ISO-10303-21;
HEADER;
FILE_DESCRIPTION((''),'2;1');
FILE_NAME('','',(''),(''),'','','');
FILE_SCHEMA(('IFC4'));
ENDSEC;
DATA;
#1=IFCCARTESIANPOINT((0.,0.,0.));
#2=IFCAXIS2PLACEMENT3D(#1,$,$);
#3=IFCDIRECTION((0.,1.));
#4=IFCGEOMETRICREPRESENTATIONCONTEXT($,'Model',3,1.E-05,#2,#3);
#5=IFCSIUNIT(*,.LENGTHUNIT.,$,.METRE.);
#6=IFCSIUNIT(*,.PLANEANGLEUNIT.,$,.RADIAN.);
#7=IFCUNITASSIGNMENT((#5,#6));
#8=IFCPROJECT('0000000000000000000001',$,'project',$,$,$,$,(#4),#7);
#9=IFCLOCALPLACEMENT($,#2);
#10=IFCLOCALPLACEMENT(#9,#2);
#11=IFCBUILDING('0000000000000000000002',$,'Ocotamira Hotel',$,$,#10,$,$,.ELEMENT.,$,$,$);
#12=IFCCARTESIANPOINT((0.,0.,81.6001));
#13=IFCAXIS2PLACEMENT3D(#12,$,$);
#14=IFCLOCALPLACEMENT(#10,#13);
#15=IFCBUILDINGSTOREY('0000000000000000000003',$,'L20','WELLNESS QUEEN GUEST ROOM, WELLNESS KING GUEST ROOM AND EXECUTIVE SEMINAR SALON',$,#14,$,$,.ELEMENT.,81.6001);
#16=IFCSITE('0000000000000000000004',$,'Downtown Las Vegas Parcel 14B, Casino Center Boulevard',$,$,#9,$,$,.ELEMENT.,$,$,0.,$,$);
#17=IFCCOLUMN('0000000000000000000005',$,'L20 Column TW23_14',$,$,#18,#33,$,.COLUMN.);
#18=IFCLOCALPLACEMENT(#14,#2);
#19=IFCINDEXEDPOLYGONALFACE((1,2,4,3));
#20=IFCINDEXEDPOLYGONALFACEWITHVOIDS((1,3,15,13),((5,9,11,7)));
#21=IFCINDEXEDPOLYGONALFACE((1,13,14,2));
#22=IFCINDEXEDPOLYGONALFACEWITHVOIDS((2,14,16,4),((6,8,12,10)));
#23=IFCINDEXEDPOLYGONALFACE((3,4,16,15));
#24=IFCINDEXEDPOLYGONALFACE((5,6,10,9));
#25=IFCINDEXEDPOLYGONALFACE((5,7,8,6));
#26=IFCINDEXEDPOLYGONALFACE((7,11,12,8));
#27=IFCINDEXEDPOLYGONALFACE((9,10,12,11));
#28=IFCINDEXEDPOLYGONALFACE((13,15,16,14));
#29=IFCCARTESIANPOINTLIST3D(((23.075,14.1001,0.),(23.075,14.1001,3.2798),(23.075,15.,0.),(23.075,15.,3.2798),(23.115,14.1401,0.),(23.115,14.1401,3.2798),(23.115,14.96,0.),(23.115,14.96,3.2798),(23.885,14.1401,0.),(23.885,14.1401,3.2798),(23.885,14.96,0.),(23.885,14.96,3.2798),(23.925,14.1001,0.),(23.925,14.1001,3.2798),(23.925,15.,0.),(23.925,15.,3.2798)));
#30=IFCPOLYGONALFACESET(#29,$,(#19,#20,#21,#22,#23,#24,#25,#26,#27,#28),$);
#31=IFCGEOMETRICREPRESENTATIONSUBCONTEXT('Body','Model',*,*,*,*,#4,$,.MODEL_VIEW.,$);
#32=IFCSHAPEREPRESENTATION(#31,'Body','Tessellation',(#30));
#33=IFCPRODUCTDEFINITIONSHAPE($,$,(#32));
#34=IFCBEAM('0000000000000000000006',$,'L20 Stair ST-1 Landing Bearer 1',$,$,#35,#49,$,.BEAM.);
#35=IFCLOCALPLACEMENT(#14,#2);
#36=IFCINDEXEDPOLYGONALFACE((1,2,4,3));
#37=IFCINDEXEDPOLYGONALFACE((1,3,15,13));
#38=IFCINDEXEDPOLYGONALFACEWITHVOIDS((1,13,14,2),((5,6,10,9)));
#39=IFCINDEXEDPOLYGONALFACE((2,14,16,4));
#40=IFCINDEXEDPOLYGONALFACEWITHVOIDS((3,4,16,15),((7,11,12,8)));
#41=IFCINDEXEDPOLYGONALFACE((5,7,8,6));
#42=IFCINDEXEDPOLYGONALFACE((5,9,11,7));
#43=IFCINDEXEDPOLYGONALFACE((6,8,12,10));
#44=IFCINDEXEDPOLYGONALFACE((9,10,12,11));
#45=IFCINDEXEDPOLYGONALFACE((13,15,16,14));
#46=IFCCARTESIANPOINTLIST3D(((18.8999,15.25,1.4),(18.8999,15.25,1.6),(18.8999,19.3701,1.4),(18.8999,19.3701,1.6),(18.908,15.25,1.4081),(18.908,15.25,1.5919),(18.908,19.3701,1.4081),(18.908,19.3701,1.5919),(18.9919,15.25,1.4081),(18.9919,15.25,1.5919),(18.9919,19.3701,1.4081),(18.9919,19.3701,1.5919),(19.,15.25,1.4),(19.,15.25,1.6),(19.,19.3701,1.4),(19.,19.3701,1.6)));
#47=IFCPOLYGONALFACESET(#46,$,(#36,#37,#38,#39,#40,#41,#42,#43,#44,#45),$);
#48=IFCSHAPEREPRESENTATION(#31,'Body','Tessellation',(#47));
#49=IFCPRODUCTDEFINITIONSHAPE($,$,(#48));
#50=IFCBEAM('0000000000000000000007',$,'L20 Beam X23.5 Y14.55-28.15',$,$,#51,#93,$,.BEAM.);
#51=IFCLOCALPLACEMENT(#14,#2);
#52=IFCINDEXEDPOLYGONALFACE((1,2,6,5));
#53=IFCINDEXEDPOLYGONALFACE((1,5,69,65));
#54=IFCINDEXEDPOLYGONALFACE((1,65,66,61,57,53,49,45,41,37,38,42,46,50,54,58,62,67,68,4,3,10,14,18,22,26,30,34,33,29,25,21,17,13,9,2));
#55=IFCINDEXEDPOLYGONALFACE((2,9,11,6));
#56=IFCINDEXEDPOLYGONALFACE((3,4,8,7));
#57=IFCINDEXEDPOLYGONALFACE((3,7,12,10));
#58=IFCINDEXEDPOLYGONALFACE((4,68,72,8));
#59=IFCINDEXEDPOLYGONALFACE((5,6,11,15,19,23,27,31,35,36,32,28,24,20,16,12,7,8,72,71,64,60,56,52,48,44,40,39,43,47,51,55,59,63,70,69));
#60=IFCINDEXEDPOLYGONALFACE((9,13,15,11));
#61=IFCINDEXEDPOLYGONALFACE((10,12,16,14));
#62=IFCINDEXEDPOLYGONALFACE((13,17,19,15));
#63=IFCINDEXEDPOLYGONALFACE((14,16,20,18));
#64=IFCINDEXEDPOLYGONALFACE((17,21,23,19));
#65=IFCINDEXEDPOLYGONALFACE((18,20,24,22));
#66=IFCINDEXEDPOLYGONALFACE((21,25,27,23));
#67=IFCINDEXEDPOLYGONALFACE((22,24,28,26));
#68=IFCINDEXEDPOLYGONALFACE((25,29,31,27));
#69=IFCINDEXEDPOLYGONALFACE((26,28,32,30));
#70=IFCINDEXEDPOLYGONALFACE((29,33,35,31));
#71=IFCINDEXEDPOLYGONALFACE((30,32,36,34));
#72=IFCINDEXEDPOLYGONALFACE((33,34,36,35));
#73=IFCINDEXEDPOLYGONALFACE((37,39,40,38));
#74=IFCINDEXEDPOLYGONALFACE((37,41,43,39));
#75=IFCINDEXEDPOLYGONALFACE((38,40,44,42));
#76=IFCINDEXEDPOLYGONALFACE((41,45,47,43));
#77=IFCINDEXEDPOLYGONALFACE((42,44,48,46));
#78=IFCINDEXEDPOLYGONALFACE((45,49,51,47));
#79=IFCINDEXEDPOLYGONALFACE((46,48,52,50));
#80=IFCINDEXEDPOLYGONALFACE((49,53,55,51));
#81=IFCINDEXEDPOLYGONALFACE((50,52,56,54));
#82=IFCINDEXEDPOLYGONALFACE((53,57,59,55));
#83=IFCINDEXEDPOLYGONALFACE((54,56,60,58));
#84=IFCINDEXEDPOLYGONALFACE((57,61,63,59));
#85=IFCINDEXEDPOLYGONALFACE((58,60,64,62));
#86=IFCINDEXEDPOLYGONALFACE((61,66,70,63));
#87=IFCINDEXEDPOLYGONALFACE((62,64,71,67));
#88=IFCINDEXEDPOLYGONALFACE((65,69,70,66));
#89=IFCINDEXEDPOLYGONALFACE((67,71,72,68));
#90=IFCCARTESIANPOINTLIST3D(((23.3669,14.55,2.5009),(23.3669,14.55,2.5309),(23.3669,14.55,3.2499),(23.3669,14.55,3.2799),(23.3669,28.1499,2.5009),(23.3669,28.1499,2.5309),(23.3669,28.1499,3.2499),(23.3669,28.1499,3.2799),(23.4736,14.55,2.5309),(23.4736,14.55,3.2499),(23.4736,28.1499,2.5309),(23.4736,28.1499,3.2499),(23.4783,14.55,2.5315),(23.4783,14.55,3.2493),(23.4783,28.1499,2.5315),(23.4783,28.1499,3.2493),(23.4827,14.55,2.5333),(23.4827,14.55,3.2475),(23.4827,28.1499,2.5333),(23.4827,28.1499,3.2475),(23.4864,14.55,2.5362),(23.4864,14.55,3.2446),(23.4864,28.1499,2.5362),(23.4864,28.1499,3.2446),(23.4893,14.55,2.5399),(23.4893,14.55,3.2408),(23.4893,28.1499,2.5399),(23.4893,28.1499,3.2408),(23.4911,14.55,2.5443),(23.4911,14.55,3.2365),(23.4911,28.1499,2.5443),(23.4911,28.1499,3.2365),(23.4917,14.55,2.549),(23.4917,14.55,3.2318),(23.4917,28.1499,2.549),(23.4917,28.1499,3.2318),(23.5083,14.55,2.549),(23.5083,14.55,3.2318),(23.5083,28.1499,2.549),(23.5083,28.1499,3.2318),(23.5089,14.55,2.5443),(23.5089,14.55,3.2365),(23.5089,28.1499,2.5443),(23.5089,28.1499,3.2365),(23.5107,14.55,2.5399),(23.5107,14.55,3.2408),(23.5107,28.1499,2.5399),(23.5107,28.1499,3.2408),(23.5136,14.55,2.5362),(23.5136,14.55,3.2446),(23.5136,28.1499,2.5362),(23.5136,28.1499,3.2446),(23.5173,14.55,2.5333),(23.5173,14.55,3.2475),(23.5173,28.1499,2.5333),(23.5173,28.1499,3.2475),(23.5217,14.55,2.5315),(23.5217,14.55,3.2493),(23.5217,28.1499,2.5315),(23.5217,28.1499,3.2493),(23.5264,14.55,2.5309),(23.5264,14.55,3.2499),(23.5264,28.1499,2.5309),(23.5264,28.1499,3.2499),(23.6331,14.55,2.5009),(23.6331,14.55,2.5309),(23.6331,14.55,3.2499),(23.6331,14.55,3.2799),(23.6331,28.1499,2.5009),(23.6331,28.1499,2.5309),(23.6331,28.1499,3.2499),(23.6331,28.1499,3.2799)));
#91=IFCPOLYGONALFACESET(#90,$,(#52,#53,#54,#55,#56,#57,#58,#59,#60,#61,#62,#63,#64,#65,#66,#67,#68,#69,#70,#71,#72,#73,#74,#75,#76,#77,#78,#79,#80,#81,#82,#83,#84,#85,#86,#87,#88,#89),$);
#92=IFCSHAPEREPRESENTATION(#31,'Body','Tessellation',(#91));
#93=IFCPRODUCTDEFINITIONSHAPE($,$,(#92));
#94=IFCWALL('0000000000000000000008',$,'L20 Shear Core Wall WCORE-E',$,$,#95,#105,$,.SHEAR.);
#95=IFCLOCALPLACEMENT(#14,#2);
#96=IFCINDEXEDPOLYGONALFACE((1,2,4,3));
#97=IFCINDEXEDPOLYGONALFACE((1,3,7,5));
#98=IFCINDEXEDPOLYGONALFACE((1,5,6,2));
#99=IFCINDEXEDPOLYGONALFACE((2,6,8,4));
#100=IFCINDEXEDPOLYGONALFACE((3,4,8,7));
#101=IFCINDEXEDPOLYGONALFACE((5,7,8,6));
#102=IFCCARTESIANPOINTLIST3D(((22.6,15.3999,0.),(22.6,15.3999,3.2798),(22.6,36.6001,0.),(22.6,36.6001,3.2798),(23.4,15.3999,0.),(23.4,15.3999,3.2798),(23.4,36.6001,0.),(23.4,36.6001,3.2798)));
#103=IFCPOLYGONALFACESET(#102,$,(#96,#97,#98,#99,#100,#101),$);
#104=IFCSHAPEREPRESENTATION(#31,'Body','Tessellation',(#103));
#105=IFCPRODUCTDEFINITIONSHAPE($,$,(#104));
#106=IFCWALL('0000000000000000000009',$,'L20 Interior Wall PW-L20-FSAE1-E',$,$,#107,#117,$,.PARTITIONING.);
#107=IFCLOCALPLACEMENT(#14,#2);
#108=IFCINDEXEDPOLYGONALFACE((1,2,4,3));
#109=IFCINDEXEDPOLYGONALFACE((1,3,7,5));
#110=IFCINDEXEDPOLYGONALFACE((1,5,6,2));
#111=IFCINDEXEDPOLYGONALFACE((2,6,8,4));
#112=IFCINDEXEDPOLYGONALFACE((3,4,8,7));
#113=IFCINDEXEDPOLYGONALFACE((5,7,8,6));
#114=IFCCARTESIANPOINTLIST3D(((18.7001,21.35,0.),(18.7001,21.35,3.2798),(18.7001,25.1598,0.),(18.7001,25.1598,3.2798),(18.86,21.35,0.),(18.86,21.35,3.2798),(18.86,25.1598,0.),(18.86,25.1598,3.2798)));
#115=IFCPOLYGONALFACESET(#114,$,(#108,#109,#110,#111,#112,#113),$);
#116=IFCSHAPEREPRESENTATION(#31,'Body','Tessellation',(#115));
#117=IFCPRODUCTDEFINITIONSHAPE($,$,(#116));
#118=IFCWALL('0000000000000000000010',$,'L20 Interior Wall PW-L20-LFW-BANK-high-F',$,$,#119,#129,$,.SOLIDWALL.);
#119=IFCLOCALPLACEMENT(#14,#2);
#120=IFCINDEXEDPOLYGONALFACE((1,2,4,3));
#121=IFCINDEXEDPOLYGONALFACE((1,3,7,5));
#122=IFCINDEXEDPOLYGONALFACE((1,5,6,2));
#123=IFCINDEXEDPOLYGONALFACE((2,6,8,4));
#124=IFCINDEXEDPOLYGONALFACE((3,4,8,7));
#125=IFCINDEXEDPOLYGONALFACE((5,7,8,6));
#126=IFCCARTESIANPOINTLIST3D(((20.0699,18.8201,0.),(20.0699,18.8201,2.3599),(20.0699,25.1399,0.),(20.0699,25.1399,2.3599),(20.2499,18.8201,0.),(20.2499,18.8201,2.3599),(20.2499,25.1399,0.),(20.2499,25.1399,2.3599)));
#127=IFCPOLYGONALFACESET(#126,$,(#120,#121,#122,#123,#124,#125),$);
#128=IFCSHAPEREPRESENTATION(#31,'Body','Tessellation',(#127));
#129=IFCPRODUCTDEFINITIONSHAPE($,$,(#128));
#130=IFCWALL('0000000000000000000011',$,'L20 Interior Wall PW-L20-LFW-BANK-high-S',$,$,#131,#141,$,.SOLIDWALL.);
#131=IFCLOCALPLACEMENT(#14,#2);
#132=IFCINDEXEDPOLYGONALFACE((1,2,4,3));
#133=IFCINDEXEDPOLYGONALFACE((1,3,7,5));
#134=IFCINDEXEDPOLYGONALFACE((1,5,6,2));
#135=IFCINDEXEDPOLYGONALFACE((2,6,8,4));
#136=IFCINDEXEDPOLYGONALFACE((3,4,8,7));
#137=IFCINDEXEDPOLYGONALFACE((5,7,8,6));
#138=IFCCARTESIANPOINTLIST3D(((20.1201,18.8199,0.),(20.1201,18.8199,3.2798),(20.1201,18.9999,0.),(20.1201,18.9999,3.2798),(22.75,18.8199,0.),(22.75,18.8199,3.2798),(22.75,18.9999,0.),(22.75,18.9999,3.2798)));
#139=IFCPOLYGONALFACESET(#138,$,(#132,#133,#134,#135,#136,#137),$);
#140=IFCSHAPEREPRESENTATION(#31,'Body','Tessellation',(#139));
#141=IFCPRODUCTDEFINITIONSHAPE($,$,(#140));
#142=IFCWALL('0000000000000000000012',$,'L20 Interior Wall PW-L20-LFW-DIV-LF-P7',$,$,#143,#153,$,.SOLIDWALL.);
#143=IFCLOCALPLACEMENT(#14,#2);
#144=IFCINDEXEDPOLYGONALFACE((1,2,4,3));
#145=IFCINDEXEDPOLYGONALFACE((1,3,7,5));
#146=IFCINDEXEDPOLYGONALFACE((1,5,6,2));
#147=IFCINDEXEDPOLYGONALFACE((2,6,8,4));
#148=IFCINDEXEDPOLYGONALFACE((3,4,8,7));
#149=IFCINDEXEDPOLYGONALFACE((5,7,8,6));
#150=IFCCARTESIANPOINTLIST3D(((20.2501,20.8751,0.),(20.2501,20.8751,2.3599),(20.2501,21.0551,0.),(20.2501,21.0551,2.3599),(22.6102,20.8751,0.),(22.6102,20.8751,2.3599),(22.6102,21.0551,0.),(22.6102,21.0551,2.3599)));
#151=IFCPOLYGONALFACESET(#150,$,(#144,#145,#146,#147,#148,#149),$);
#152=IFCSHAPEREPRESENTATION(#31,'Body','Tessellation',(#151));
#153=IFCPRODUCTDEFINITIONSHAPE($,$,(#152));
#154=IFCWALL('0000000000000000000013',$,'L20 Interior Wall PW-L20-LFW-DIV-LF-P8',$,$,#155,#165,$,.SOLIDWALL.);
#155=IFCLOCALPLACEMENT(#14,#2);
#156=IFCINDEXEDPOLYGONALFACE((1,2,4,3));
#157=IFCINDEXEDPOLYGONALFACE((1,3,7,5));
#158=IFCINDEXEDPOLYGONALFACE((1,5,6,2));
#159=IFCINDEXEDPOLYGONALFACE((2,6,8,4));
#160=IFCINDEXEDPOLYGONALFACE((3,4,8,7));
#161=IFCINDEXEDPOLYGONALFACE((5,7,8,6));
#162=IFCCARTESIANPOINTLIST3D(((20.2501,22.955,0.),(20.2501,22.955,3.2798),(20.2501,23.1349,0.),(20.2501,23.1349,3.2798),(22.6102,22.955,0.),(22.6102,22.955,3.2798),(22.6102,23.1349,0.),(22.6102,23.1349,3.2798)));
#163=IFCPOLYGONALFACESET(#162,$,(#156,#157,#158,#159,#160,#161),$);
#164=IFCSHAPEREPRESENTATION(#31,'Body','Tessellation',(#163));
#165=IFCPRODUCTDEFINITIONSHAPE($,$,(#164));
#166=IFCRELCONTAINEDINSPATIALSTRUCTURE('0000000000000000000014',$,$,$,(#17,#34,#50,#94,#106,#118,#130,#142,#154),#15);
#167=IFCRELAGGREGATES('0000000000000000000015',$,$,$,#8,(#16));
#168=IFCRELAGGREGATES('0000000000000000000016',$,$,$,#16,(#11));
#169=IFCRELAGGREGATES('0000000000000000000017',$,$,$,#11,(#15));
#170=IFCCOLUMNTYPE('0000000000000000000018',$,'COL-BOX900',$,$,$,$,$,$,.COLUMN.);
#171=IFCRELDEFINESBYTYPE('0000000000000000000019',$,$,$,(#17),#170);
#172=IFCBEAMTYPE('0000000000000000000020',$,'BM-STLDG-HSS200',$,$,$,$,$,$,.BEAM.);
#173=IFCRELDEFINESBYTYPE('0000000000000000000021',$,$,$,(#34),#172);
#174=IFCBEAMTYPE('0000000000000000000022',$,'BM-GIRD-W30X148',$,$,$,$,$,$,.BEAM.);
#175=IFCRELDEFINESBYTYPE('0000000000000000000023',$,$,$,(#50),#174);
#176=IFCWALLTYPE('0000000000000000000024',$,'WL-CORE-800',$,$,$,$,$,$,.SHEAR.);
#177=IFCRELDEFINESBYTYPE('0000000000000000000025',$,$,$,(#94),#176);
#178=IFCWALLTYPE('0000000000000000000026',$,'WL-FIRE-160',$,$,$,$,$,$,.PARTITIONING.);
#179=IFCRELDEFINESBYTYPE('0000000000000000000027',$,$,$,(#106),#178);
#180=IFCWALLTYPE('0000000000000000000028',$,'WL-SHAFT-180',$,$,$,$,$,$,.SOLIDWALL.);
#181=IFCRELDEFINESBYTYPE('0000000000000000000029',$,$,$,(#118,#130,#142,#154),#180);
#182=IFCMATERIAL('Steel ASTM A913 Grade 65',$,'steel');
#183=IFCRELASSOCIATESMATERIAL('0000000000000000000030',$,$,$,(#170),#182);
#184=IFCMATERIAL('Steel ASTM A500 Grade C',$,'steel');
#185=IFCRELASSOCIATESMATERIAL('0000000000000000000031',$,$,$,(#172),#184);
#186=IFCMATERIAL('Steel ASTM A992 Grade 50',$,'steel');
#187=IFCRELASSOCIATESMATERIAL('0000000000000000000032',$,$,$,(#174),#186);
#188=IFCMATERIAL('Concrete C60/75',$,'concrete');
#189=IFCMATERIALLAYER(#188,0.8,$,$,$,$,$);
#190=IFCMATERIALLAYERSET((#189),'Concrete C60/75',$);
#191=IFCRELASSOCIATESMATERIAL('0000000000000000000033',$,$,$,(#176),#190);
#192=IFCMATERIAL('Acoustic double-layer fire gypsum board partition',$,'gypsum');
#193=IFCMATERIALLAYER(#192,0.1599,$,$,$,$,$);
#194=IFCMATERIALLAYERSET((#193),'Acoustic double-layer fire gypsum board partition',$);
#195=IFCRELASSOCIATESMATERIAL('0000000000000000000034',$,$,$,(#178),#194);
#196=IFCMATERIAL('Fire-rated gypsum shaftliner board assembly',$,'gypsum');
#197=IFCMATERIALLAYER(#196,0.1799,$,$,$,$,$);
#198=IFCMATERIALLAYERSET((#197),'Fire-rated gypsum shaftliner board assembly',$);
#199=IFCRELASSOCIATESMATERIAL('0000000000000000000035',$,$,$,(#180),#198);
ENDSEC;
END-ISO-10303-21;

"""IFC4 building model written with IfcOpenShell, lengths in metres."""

from ifc_helpers import new_model, si_unit, direction, frame, frame_2d, origin, origin_2d, place, context, subcontext, project, spatial, rectangle, hollow_rectangle, i_section, extrude, source, transform, mapped, material, layer, layer_set, material_profile, profile_set, type_object, element, save


model = new_model("IFC4")

# Units and contexts
model_context = context("Model", 3, precision=1e-05, world=origin(), true_north=direction((0.0, 1.0)))
body_context = subcontext(model_context, "Body", "Model", "MODEL_VIEW")
ifc_project = project(units=[si_unit("LENGTHUNIT", "METRE"), si_unit("PLANEANGLEUNIT", "RADIAN")], contexts=[model_context])

# Site, building, storey
site_placement = place(None, origin())
site = spatial("IfcSite", under=ifc_project, at=site_placement, Name="Downtown Las Vegas Parcel 14B, Casino Center Boulevard", CompositionType="ELEMENT", RefElevation=0.0)
building_placement = place(site_placement, origin())
building = spatial("IfcBuilding", under=site, at=building_placement, Name="Ocotamira Hotel", CompositionType="ELEMENT")
storey_placement = place(building_placement, frame((0.0, 0.0, 81.6001)))
storey = spatial("IfcBuildingStorey", under=building, at=storey_placement, Name="L20", Description="WELLNESS QUEEN GUEST ROOM, WELLNESS KING GUEST ROOM AND EXECUTIVE SEMINAR SALON", CompositionType="ELEMENT", Elevation=81.6001)

# Column
ifc_material_1 = material(Name="Steel ASTM A913 Grade 65", Category="steel")
ifc_material_profile_1 = material_profile(ifc_material_1, hollow_rectangle(XDim=0.8501, YDim=0.8999, WallThickness=0.04, at=origin_2d()), Name="BOX900X850X40")
ifc_profile_set_1 = profile_set([ifc_material_profile_1], Name="Steel ASTM A913 Grade 65")
column_type = type_object("IfcColumnType", Name="COL-BOX900", PredefinedType="COLUMN", material=ifc_profile_set_1)
shared_shape_1 = source(origin(), body_context, "Body", "SweptSolid", [
    extrude(hollow_rectangle(XDim=0.8501, YDim=0.8999, WallThickness=0.04, at=origin_2d()), origin(), (0.0, 0.0, 1.0), 3.2798),
])
column_placement = place(storey_placement, frame((23.5, 14.55, 0.0), z_axis=(0.0, 0.0, 1.0), x_axis=(1.0, 0.0, 0.0)))
element("IfcColumn", 1, at=column_placement, inside=storey, type_object=column_type, Name="L20 Column TW23_14", PredefinedType="COLUMN", context=body_context, shape_type="MappedRepresentation", body=[
    mapped(shared_shape_1, transform((0.0, 0.0, 0.0), scale=1.0)),
])

# Beams
ifc_material_2 = material(Name="Steel ASTM A500 Grade C", Category="steel")
ifc_material_profile_2 = material_profile(ifc_material_2, hollow_rectangle(XDim=0.1001, YDim=0.2, WallThickness=0.0081, at=origin_2d()), Name="HSS200X100X8")
ifc_profile_set_2 = profile_set([ifc_material_profile_2], Name="Steel ASTM A500 Grade C")
beam_type_1 = type_object("IfcBeamType", Name="BM-STLDG-HSS200", PredefinedType="BEAM", material=ifc_profile_set_2)
shared_shape_2 = source(origin(), body_context, "Body", "SweptSolid", [
    extrude(hollow_rectangle(XDim=0.1001, YDim=0.2, WallThickness=0.0081, at=origin_2d()), origin(), (0.0, 0.0, 1.0), 4.1201),
])
beam_1_placement = place(storey_placement, frame((18.95, 15.25, 1.5), z_axis=(0.0, 1.0, 0.0), x_axis=(-1.0, 0.0, 0.0)))
element("IfcBeam", 2, at=beam_1_placement, inside=storey, type_object=beam_type_1, Name="L20 Stair ST-1 Landing Bearer 1", PredefinedType="BEAM", context=body_context, shape_type="MappedRepresentation", body=[
    mapped(shared_shape_2, transform((0.0, 0.0, 0.0), scale=1.0)),
])
ifc_material_3 = material(Name="Steel ASTM A992 Grade 50", Category="steel")
ifc_material_profile_3 = material_profile(ifc_material_3, i_section(OverallWidth=0.2661, OverallDepth=0.7791, WebThickness=0.0166, FlangeThickness=0.03, FilletRadius=0.0181, at=origin_2d()), Name="W30X148")
ifc_profile_set_3 = profile_set([ifc_material_profile_3], Name="Steel ASTM A992 Grade 50")
beam_type_2 = type_object("IfcBeamType", Name="BM-GIRD-W30X148", PredefinedType="BEAM", material=ifc_profile_set_3)
shared_shape_3 = source(origin(), body_context, "Body", "SweptSolid", [
    extrude(i_section(OverallWidth=0.2661, OverallDepth=0.7791, WebThickness=0.0166, FlangeThickness=0.03, FilletRadius=0.0181, at=origin_2d()), origin(), (0.0, 0.0, 1.0), 13.5999),
])
beam_2_placement = place(storey_placement, frame((23.5, 14.55, 2.8904), z_axis=(0.0, 1.0, 0.0), x_axis=(-1.0, 0.0, 0.0)))
element("IfcBeam", 3, at=beam_2_placement, inside=storey, type_object=beam_type_2, Name="L20 Beam X23.5 Y14.55-28.15", PredefinedType="BEAM", context=body_context, shape_type="MappedRepresentation", body=[
    mapped(shared_shape_3, transform((0.0, 0.0, 0.0), scale=1.0)),
])

# Wall
ifc_material_4 = material(Name="Concrete C60/75", Category="concrete")
ifc_layer_1 = layer(ifc_material_4, 0.8)
ifc_layer_set_1 = layer_set([ifc_layer_1], Name="Concrete C60/75")
wall_type_1 = type_object("IfcWallType", Name="WL-CORE-800", PredefinedType="SHEAR", material=ifc_layer_set_1)
wall_1_placement = place(storey_placement, frame((23.0, 15.3999, 0.0), z_axis=(0.0, 0.0, 1.0), x_axis=(0.0, 1.0, 0.0)))
element("IfcWall", 4, at=wall_1_placement, inside=storey, type_object=wall_type_1, Name="L20 Shear Core Wall WCORE-E", PredefinedType="SHEAR", context=body_context, shape_type="SweptSolid", body=[
    extrude(rectangle(XDim=21.2002, YDim=0.8, at=frame_2d((10.6001, 0.0))), origin(), (0.0, 0.0, 1.0), 3.2798),
])

# Shared definitions
ifc_material_5 = material(Name="Acoustic double-layer fire gypsum board partition", Category="gypsum")
ifc_layer_2 = layer(ifc_material_5, 0.1599)
ifc_layer_set_2 = layer_set([ifc_layer_2], Name="Acoustic double-layer fire gypsum board partition")
wall_type_2 = type_object("IfcWallType", Name="WL-FIRE-160", PredefinedType="PARTITIONING", material=ifc_layer_set_2)

# Walls
wall_2_placement = place(storey_placement, frame((18.78, 21.3501, 0.0), z_axis=(0.0, 0.0, 1.0), x_axis=(0.0, 1.0, 0.0)))
element("IfcWall", 5, at=wall_2_placement, inside=storey, type_object=wall_type_2, Name="L20 Interior Wall PW-L20-FSAE1-E", PredefinedType="PARTITIONING", context=body_context, shape_type="SweptSolid", body=[
    extrude(rectangle(XDim=3.8098, YDim=0.1599, at=frame_2d((1.9048, 0.0))), origin(), (0.0, 0.0, 1.0), 3.2798),
])
ifc_material_6 = material(Name="Fire-rated gypsum shaftliner board assembly", Category="gypsum")
ifc_layer_3 = layer(ifc_material_6, 0.1799)
ifc_layer_set_3 = layer_set([ifc_layer_3], Name="Fire-rated gypsum shaftliner board assembly")
wall_type_3 = type_object("IfcWallType", Name="WL-SHAFT-180", PredefinedType="SOLIDWALL", material=ifc_layer_set_3)
wall_3_placement = place(storey_placement, frame((20.1599, 18.8201, 0.0), z_axis=(0.0, 0.0, 1.0), x_axis=(0.0, 1.0, 0.0)))
element("IfcWall", 6, at=wall_3_placement, inside=storey, type_object=wall_type_3, Name="L20 Interior Wall PW-L20-LFW-BANK-high-F", PredefinedType="SOLIDWALL", context=body_context, shape_type="SweptSolid", body=[
    extrude(rectangle(XDim=6.3198, YDim=0.1799, at=frame_2d((3.1599, 0.0))), origin(), (0.0, 0.0, 1.0), 2.3599),
])
wall_4_placement = place(storey_placement, frame((20.1201, 18.9099, 0.0), z_axis=(0.0, 0.0, 1.0), x_axis=(1.0, 0.0, 0.0)))
element("IfcWall", 7, at=wall_4_placement, inside=storey, type_object=wall_type_3, Name="L20 Interior Wall PW-L20-LFW-BANK-high-S", PredefinedType="SOLIDWALL", context=body_context, shape_type="SweptSolid", body=[
    extrude(rectangle(XDim=2.6299, YDim=0.1799, at=frame_2d((1.3149, 0.0))), origin(), (0.0, 0.0, 1.0), 3.2798),
])
wall_5_placement = place(storey_placement, frame((20.25, 20.9651, 0.0), z_axis=(0.0, 0.0, 1.0), x_axis=(1.0, 0.0, 0.0)))
element("IfcWall", 8, at=wall_5_placement, inside=storey, type_object=wall_type_3, Name="L20 Interior Wall PW-L20-LFW-DIV-LF-P7", PredefinedType="SOLIDWALL", context=body_context, shape_type="SweptSolid", body=[
    extrude(rectangle(XDim=2.3601, YDim=0.1799, at=frame_2d((1.1802, 0.0))), origin(), (0.0, 0.0, 1.0), 2.3599),
])
wall_6_placement = place(storey_placement, frame((20.25, 23.0449, 0.0), z_axis=(0.0, 0.0, 1.0), x_axis=(1.0, 0.0, 0.0)))
element("IfcWall", 9, at=wall_6_placement, inside=storey, type_object=wall_type_3, Name="L20 Interior Wall PW-L20-LFW-DIV-LF-P8", PredefinedType="SOLIDWALL", context=body_context, shape_type="SweptSolid", body=[
    extrude(rectangle(XDim=2.3601, YDim=0.1799, at=frame_2d((1.1802, 0.0))), origin(), (0.0, 0.0, 1.0), 3.2798),
])

save(model, "model.ifc")
